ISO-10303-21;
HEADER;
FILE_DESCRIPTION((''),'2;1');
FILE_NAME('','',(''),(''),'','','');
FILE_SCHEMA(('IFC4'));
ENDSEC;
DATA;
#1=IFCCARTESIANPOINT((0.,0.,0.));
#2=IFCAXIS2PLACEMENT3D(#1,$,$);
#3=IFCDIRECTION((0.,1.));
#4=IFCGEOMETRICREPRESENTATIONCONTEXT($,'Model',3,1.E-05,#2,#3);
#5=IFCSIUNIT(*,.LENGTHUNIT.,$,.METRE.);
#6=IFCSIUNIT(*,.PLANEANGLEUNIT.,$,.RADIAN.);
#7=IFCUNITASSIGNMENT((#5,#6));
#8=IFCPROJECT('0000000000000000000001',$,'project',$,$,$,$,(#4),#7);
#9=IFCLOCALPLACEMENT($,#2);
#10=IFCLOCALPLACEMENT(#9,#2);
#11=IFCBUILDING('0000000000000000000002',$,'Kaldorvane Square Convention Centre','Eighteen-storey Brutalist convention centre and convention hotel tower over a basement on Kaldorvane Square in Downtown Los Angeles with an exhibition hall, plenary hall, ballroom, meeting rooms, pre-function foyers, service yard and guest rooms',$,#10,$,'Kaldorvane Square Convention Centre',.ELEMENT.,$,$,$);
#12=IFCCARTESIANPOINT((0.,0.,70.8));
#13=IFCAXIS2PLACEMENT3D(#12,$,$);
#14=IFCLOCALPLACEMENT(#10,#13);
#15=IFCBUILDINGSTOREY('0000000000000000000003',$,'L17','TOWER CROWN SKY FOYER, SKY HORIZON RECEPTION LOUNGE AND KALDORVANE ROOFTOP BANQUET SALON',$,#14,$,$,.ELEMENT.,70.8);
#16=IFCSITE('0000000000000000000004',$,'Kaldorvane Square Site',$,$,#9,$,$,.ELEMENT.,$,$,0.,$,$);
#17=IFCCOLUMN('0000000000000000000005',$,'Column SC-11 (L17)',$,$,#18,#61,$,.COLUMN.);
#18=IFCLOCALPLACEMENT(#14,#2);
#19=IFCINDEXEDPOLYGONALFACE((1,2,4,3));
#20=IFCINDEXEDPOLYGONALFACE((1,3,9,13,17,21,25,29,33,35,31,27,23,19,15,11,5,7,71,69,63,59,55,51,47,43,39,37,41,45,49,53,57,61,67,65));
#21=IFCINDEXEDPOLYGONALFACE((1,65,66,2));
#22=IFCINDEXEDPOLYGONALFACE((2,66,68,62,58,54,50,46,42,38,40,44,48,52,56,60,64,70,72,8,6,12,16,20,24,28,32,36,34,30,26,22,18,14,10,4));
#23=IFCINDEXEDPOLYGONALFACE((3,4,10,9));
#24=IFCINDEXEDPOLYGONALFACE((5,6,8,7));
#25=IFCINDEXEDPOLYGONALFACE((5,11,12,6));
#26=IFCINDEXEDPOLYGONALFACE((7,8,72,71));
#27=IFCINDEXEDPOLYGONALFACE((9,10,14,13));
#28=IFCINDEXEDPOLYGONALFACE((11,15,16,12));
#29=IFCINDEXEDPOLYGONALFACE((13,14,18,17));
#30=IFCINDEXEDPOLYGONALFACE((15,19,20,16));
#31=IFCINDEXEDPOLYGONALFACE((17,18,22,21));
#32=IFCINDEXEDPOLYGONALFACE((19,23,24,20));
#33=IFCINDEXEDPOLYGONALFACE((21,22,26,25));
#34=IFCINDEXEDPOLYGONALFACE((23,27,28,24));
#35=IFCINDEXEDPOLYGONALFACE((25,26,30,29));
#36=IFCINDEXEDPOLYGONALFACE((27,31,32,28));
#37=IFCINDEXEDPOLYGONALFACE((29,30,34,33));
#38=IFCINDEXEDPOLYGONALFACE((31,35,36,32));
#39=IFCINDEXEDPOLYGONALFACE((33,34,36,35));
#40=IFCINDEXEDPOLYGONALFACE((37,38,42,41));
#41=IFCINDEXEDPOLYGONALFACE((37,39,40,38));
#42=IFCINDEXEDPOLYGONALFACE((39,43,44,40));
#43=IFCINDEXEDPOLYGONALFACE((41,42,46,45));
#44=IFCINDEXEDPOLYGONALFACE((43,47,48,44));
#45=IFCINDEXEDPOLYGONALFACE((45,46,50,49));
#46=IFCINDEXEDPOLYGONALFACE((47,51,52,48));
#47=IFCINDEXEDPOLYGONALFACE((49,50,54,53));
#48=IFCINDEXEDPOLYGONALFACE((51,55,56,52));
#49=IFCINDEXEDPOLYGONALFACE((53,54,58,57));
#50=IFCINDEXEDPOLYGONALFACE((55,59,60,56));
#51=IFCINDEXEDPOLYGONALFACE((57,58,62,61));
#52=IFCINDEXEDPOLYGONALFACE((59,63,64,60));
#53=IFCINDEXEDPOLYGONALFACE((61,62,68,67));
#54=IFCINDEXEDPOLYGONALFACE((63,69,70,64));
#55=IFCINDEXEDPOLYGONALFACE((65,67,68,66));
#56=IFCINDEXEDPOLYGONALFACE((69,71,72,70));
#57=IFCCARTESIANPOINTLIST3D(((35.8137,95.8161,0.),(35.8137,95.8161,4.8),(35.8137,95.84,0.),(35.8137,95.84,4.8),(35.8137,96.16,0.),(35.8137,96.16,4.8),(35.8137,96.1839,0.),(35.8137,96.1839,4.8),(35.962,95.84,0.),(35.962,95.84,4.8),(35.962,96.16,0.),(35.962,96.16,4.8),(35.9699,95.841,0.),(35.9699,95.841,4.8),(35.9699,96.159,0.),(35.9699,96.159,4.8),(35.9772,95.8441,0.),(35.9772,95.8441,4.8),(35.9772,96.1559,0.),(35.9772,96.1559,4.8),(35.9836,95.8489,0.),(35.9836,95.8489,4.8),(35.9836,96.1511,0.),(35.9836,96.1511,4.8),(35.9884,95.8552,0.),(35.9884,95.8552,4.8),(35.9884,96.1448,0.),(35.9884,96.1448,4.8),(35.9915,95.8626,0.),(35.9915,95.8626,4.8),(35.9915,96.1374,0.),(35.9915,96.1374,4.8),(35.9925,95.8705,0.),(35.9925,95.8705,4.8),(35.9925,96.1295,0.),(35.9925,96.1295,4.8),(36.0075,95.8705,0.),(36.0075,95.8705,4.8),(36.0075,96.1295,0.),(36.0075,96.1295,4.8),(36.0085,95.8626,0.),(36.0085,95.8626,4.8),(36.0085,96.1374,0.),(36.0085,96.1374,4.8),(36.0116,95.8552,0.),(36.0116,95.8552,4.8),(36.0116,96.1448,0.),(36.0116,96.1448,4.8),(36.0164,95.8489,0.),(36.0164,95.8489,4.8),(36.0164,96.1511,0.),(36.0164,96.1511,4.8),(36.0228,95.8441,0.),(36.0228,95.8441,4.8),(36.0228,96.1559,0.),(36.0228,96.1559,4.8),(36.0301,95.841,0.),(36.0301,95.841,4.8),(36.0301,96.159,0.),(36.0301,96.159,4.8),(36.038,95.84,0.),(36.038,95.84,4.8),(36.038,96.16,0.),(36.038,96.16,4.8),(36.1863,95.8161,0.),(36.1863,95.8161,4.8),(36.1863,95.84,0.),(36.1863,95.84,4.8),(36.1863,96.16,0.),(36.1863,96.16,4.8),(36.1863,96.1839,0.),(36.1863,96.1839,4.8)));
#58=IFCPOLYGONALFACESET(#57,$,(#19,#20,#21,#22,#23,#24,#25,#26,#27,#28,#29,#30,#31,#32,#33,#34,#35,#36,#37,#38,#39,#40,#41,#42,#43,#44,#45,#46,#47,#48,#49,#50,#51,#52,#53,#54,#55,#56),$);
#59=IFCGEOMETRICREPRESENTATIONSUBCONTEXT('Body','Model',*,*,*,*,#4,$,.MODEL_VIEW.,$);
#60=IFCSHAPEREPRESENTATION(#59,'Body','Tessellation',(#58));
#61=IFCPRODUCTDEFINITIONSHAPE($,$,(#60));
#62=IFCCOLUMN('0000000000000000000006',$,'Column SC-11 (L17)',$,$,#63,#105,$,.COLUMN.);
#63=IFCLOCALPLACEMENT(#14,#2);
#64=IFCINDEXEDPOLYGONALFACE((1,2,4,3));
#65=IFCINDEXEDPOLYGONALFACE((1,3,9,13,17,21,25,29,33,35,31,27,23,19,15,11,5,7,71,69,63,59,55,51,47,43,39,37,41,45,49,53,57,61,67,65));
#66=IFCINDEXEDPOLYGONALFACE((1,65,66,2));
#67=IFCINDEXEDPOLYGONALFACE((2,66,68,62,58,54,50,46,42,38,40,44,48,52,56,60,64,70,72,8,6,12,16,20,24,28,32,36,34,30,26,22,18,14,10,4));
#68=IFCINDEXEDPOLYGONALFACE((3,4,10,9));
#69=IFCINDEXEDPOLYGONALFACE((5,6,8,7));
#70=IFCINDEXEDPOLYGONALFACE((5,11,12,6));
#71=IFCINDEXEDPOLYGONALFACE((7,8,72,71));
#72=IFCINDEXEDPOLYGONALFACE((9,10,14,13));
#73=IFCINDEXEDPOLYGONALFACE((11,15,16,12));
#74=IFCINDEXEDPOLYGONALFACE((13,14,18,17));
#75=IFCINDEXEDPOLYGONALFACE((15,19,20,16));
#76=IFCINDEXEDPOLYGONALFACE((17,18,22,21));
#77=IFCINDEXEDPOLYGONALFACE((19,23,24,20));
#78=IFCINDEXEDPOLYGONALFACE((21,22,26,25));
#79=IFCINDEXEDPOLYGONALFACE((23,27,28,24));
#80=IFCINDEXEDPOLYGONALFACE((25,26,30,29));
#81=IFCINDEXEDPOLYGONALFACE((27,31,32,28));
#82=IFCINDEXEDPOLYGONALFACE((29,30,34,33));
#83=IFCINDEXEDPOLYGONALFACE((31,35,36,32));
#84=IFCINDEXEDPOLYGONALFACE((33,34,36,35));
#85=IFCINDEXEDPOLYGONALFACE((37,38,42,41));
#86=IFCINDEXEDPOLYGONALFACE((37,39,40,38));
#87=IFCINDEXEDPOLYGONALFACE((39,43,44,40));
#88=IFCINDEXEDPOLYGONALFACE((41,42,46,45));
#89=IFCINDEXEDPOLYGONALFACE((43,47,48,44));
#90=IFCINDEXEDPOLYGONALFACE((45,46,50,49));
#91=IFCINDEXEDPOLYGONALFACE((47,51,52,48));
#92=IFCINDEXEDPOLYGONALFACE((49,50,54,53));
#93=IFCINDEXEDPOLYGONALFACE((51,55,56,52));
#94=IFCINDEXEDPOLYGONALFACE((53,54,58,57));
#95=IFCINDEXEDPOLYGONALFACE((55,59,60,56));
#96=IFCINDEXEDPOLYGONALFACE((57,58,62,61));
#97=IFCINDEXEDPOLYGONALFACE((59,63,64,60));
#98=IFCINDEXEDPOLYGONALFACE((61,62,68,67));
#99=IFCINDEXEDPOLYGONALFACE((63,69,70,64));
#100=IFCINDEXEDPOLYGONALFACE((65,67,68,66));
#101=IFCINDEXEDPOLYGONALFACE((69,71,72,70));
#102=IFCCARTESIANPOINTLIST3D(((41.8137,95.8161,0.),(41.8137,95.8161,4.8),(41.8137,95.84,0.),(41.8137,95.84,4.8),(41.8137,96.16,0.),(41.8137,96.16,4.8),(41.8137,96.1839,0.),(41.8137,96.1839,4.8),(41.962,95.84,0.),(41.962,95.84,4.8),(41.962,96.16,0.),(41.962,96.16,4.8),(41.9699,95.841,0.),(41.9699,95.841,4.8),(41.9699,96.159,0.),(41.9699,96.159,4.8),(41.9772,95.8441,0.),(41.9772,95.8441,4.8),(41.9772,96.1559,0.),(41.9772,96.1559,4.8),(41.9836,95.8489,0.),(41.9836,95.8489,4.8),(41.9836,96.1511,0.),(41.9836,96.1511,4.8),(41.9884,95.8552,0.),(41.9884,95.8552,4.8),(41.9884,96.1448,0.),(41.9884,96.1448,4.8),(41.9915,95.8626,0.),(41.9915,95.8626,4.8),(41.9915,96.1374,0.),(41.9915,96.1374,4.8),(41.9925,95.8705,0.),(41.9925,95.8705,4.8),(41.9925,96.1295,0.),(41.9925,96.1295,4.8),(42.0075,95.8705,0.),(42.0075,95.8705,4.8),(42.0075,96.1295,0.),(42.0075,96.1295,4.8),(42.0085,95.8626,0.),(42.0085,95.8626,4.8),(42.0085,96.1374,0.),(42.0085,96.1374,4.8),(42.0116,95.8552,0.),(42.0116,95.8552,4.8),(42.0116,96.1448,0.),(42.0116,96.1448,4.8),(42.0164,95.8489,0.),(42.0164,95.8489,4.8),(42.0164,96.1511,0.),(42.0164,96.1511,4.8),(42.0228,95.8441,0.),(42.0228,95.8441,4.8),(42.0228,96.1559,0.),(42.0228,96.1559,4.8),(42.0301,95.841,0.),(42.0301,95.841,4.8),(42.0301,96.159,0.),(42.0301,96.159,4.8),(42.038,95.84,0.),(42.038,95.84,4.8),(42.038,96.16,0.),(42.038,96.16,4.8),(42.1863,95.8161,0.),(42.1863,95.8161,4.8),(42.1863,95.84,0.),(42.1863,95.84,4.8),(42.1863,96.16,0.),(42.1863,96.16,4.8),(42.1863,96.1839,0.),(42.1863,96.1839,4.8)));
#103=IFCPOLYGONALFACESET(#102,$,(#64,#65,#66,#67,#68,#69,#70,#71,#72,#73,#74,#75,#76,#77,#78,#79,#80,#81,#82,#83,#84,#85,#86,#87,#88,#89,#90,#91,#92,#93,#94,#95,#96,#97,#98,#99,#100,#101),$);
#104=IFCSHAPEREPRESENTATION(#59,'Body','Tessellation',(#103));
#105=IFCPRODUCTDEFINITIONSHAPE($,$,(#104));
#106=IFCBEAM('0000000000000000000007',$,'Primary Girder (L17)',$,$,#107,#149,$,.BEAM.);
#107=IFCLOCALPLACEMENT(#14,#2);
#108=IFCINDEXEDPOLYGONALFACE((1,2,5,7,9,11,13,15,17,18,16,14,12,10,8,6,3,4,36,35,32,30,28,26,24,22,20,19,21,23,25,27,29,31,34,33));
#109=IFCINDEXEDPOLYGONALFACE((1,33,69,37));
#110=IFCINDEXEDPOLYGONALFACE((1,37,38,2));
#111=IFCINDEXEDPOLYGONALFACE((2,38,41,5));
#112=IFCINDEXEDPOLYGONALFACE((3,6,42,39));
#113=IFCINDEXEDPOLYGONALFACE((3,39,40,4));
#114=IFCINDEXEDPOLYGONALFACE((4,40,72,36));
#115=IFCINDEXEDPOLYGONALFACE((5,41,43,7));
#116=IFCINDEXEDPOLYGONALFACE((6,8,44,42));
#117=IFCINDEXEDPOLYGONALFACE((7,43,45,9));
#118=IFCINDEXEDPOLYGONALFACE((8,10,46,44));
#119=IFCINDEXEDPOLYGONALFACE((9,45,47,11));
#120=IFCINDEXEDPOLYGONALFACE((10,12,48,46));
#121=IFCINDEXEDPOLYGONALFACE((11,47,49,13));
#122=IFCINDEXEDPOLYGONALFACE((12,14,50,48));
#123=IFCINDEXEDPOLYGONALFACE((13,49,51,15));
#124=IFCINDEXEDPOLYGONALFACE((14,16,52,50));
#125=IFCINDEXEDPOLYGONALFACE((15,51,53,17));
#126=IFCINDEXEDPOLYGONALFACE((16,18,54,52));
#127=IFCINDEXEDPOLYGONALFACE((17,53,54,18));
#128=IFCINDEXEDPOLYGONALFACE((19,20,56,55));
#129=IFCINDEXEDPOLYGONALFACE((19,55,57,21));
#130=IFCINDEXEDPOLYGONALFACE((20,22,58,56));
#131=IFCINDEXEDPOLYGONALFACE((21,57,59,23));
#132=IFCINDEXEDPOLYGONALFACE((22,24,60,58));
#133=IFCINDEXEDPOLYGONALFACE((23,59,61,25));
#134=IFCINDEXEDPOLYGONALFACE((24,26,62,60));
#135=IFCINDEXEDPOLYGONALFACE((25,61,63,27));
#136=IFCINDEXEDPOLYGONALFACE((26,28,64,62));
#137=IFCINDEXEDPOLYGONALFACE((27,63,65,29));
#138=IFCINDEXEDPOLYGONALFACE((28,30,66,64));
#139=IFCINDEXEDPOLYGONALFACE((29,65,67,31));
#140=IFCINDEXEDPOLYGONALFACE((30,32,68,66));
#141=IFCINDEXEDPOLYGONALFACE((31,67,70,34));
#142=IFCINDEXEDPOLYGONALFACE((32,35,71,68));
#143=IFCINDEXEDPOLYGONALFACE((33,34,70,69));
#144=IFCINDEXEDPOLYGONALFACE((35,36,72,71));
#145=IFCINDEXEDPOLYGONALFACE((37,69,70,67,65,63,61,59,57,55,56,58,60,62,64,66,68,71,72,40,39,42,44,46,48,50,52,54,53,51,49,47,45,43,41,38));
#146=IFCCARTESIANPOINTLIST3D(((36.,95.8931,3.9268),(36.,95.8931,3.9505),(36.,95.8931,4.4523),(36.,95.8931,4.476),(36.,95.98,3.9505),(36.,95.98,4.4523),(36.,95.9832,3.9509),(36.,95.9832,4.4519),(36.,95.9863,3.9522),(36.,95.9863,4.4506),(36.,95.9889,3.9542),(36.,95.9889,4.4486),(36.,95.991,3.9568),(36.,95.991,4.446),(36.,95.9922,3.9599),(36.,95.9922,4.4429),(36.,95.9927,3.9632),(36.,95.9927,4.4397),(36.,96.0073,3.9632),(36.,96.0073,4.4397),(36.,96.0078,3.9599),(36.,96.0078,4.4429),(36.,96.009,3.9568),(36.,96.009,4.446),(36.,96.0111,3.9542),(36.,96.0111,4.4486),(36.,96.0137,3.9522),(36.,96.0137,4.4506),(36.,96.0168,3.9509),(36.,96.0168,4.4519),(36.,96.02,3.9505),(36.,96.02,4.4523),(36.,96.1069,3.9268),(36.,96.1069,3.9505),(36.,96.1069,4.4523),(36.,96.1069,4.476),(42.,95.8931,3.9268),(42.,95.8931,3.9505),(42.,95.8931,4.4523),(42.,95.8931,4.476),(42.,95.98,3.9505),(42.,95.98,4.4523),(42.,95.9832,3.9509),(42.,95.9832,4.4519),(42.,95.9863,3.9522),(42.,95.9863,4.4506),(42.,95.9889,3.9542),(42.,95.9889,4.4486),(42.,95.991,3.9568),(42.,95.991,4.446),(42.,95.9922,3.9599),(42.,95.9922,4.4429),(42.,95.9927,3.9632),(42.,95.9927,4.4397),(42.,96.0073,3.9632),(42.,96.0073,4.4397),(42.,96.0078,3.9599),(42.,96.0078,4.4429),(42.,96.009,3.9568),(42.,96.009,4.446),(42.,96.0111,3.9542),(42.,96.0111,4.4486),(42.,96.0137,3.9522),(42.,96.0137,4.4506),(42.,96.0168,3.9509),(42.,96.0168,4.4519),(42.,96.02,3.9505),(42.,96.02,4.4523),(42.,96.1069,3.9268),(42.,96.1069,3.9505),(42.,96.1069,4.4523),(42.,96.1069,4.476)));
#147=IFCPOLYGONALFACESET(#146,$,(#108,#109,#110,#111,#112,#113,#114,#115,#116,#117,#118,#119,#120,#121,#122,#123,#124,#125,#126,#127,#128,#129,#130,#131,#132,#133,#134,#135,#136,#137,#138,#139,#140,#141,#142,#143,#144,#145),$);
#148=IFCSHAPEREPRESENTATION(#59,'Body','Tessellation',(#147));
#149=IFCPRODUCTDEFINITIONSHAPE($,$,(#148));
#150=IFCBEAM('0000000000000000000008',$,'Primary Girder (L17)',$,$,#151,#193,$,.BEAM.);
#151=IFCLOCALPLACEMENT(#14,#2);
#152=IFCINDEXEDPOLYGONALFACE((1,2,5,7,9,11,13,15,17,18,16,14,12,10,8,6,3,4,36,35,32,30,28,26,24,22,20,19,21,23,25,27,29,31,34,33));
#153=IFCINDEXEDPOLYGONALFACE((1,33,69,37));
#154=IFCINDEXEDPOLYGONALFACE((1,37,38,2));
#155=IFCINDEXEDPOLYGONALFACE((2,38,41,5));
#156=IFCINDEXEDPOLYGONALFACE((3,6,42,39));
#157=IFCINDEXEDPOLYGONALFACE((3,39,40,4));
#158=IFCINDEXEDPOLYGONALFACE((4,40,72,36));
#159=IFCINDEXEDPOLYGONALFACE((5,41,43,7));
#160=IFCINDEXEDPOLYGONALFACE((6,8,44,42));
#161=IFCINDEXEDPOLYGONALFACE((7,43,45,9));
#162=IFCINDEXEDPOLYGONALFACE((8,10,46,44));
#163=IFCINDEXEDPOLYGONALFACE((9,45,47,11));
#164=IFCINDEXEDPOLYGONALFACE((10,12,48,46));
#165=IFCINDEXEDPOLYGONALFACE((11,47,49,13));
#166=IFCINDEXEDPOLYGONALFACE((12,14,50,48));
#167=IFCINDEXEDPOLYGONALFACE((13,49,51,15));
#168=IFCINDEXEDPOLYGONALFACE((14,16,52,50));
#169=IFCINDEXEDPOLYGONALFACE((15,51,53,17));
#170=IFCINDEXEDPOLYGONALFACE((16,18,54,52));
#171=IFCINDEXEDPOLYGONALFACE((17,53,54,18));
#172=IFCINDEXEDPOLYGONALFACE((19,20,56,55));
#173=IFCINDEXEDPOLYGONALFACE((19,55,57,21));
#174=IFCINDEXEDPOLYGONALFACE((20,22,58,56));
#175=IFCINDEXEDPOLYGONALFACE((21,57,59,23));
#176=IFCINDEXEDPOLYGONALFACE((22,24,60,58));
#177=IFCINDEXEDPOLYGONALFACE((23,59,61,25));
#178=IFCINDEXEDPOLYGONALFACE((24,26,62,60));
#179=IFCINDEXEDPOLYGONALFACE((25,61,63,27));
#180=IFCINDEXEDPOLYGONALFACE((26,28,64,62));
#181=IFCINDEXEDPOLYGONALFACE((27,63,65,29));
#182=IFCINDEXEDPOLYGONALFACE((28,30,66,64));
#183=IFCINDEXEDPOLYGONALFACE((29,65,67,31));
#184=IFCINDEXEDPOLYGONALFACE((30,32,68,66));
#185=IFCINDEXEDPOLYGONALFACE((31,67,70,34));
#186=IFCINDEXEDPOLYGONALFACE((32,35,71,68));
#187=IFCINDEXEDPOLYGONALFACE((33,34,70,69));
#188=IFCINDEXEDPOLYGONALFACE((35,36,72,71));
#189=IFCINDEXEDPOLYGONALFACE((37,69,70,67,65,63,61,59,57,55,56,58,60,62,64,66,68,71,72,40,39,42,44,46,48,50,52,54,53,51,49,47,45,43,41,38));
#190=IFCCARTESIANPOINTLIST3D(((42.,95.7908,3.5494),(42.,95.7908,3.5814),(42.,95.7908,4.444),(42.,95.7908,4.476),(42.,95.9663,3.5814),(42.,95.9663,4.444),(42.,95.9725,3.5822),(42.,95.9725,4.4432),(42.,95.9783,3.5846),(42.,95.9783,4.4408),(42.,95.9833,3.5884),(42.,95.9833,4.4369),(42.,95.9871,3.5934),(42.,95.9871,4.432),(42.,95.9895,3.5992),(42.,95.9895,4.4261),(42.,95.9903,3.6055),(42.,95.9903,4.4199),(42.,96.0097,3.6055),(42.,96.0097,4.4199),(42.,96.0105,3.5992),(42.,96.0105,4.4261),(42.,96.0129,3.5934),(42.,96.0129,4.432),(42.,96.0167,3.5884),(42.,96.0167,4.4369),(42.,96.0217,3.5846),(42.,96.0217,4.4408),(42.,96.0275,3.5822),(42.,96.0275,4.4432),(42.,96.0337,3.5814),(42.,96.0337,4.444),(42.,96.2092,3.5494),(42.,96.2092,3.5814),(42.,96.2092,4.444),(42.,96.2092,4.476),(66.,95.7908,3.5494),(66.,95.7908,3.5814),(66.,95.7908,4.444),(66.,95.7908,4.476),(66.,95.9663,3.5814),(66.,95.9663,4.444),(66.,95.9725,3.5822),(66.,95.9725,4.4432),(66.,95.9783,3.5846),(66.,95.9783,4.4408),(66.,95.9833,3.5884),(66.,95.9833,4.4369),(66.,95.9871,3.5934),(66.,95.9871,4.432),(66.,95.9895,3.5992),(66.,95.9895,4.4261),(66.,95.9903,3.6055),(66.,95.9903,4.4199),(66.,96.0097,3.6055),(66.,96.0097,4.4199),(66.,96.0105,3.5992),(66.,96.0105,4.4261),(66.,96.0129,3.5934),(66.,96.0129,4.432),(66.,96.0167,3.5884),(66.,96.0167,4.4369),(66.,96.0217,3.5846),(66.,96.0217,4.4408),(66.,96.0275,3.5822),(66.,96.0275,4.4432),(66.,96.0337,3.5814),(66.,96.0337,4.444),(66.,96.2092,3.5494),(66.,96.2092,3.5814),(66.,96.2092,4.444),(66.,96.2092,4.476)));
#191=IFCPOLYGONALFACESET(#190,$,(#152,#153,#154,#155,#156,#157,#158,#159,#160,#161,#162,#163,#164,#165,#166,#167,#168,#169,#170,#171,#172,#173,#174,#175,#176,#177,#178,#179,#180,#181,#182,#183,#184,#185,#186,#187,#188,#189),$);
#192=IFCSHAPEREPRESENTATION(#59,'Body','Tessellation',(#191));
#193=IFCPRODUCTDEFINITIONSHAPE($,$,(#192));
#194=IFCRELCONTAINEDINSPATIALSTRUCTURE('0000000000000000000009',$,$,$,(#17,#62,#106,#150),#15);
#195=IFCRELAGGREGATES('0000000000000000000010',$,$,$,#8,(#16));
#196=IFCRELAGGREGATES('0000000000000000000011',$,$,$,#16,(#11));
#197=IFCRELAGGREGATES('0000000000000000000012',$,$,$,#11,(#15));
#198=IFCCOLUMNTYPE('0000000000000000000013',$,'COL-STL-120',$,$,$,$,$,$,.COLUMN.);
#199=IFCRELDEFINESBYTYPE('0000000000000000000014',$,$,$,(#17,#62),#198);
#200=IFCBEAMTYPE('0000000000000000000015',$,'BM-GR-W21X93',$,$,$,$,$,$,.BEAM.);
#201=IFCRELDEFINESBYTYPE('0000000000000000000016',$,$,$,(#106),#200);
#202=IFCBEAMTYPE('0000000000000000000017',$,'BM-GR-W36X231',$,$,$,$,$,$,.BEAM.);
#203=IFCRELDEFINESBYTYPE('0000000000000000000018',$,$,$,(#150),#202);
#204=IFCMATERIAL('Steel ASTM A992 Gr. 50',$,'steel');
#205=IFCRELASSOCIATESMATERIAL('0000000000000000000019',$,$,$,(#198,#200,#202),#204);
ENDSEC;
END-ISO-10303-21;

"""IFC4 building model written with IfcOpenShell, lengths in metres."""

from ifc_helpers import new_model, si_unit, direction, frame, origin, origin_2d, place, context, subcontext, project, spatial, i_section, extrude, material, material_profile, profile_set, type_object, element, save


model = new_model("IFC4")

# Units and contexts
model_context = context("Model", 3, precision=1e-05, world=origin(), true_north=direction((0.0, 1.0)))
body_context = subcontext(model_context, "Body", "Model", "MODEL_VIEW")
ifc_project = project(units=[si_unit("LENGTHUNIT", "METRE"), si_unit("PLANEANGLEUNIT", "RADIAN")], contexts=[model_context])

# Site, building, storey
site_placement = place(None, origin())
site = spatial("IfcSite", under=ifc_project, at=site_placement, Name="Kaldorvane Square Site", CompositionType="ELEMENT", RefElevation=0.0)
building_placement = place(site_placement, origin())
building = spatial("IfcBuilding", under=site, at=building_placement, Name="Kaldorvane Square Convention Centre", Description="Eighteen-storey Brutalist convention centre and convention hotel tower over a basement on Kaldorvane Square in Downtown Los Angeles with an exhibition hall, plenary hall, ballroom, meeting rooms, pre-function foyers, service yard and guest rooms", LongName="Kaldorvane Square Convention Centre", CompositionType="ELEMENT")
storey_placement = place(building_placement, frame((0.0, 0.0, 70.8)))
storey = spatial("IfcBuildingStorey", under=building, at=storey_placement, Name="L17", Description="TOWER CROWN SKY FOYER, SKY HORIZON RECEPTION LOUNGE AND KALDORVANE ROOFTOP BANQUET SALON", CompositionType="ELEMENT", Elevation=70.8)

# Columns
ifc_material_1 = material(Name="Steel ASTM A992 Gr. 50", Category="steel")
ifc_material_profile_1 = material_profile(ifc_material_1, i_section(OverallWidth=0.3726, OverallDepth=0.3678, WebThickness=0.015, FlangeThickness=0.0239, FilletRadius=0.0305, at=origin_2d()), Name="W14X120")
ifc_profile_set_1 = profile_set([ifc_material_profile_1], Name="Steel ASTM A992 Gr. 50")
column_type = type_object("IfcColumnType", Name="COL-STL-120", PredefinedType="COLUMN", material=ifc_profile_set_1)
for number, where, z_axis, x_axis, name in (
    (1, (36.0, 96.0, 0.0), (0.0, 0.0, 1.0), (1.0, 0.0, 0.0), "Column SC-11 (L17)"),
    (2, (42.0, 96.0, 0.0), (0.0, 0.0, 1.0), (1.0, 0.0, 0.0), "Column SC-11 (L17)"),
):
    element("IfcColumn", number, at=place(storey_placement, frame(where, z_axis=z_axis, x_axis=x_axis)), inside=storey, type_object=column_type, Name=name, PredefinedType="COLUMN", context=body_context, shape_type="SweptSolid", body=[
        extrude(i_section(OverallWidth=0.3726, OverallDepth=0.3678, WebThickness=0.015, FlangeThickness=0.0239, FilletRadius=0.0305, at=origin_2d()), origin(), (0.0, 0.0, 1.0), 4.8),
    ])

# Beams
ifc_material_profile_2 = material_profile(ifc_material_1, i_section(OverallWidth=0.2139, OverallDepth=0.5491, WebThickness=0.0147, FlangeThickness=0.0236, FilletRadius=0.0127, at=origin_2d()), Name="W21X93")
ifc_profile_set_2 = profile_set([ifc_material_profile_2], Name="Steel ASTM A992 Gr. 50")
beam_type_1 = type_object("IfcBeamType", Name="BM-GR-W21X93", PredefinedType="BEAM", material=ifc_profile_set_2)
beam_1_placement = place(storey_placement, frame((36.0, 96.0, 4.2014), z_axis=(1.0, 0.0, 0.0), x_axis=(0.0, 1.0, 0.0)))
element("IfcBeam", 3, at=beam_1_placement, inside=storey, type_object=beam_type_1, Name="Primary Girder (L17)", PredefinedType="BEAM", context=body_context, shape_type="SweptSolid", body=[
    extrude(i_section(OverallWidth=0.2139, OverallDepth=0.5491, WebThickness=0.0147, FlangeThickness=0.0236, FilletRadius=0.0127, at=origin_2d()), origin(), (0.0, 0.0, 1.0), 6.0),
])
ifc_material_profile_3 = material_profile(ifc_material_1, i_section(OverallWidth=0.4183, OverallDepth=0.9266, WebThickness=0.0193, FlangeThickness=0.032, FilletRadius=0.0241, at=origin_2d()), Name="W36X231")
ifc_profile_set_3 = profile_set([ifc_material_profile_3], Name="Steel ASTM A992 Gr. 50")
beam_type_2 = type_object("IfcBeamType", Name="BM-GR-W36X231", PredefinedType="BEAM", material=ifc_profile_set_3)
beam_2_placement = place(storey_placement, frame((42.0, 96.0, 4.0127), z_axis=(1.0, 0.0, 0.0), x_axis=(0.0, 1.0, 0.0)))
element("IfcBeam", 4, at=beam_2_placement, inside=storey, type_object=beam_type_2, Name="Primary Girder (L17)", PredefinedType="BEAM", context=body_context, shape_type="SweptSolid", body=[
    extrude(i_section(OverallWidth=0.4183, OverallDepth=0.9266, WebThickness=0.0193, FlangeThickness=0.032, FilletRadius=0.0241, at=origin_2d()), origin(), (0.0, 0.0, 1.0), 24.0),
])

save(model, "model.ifc")
